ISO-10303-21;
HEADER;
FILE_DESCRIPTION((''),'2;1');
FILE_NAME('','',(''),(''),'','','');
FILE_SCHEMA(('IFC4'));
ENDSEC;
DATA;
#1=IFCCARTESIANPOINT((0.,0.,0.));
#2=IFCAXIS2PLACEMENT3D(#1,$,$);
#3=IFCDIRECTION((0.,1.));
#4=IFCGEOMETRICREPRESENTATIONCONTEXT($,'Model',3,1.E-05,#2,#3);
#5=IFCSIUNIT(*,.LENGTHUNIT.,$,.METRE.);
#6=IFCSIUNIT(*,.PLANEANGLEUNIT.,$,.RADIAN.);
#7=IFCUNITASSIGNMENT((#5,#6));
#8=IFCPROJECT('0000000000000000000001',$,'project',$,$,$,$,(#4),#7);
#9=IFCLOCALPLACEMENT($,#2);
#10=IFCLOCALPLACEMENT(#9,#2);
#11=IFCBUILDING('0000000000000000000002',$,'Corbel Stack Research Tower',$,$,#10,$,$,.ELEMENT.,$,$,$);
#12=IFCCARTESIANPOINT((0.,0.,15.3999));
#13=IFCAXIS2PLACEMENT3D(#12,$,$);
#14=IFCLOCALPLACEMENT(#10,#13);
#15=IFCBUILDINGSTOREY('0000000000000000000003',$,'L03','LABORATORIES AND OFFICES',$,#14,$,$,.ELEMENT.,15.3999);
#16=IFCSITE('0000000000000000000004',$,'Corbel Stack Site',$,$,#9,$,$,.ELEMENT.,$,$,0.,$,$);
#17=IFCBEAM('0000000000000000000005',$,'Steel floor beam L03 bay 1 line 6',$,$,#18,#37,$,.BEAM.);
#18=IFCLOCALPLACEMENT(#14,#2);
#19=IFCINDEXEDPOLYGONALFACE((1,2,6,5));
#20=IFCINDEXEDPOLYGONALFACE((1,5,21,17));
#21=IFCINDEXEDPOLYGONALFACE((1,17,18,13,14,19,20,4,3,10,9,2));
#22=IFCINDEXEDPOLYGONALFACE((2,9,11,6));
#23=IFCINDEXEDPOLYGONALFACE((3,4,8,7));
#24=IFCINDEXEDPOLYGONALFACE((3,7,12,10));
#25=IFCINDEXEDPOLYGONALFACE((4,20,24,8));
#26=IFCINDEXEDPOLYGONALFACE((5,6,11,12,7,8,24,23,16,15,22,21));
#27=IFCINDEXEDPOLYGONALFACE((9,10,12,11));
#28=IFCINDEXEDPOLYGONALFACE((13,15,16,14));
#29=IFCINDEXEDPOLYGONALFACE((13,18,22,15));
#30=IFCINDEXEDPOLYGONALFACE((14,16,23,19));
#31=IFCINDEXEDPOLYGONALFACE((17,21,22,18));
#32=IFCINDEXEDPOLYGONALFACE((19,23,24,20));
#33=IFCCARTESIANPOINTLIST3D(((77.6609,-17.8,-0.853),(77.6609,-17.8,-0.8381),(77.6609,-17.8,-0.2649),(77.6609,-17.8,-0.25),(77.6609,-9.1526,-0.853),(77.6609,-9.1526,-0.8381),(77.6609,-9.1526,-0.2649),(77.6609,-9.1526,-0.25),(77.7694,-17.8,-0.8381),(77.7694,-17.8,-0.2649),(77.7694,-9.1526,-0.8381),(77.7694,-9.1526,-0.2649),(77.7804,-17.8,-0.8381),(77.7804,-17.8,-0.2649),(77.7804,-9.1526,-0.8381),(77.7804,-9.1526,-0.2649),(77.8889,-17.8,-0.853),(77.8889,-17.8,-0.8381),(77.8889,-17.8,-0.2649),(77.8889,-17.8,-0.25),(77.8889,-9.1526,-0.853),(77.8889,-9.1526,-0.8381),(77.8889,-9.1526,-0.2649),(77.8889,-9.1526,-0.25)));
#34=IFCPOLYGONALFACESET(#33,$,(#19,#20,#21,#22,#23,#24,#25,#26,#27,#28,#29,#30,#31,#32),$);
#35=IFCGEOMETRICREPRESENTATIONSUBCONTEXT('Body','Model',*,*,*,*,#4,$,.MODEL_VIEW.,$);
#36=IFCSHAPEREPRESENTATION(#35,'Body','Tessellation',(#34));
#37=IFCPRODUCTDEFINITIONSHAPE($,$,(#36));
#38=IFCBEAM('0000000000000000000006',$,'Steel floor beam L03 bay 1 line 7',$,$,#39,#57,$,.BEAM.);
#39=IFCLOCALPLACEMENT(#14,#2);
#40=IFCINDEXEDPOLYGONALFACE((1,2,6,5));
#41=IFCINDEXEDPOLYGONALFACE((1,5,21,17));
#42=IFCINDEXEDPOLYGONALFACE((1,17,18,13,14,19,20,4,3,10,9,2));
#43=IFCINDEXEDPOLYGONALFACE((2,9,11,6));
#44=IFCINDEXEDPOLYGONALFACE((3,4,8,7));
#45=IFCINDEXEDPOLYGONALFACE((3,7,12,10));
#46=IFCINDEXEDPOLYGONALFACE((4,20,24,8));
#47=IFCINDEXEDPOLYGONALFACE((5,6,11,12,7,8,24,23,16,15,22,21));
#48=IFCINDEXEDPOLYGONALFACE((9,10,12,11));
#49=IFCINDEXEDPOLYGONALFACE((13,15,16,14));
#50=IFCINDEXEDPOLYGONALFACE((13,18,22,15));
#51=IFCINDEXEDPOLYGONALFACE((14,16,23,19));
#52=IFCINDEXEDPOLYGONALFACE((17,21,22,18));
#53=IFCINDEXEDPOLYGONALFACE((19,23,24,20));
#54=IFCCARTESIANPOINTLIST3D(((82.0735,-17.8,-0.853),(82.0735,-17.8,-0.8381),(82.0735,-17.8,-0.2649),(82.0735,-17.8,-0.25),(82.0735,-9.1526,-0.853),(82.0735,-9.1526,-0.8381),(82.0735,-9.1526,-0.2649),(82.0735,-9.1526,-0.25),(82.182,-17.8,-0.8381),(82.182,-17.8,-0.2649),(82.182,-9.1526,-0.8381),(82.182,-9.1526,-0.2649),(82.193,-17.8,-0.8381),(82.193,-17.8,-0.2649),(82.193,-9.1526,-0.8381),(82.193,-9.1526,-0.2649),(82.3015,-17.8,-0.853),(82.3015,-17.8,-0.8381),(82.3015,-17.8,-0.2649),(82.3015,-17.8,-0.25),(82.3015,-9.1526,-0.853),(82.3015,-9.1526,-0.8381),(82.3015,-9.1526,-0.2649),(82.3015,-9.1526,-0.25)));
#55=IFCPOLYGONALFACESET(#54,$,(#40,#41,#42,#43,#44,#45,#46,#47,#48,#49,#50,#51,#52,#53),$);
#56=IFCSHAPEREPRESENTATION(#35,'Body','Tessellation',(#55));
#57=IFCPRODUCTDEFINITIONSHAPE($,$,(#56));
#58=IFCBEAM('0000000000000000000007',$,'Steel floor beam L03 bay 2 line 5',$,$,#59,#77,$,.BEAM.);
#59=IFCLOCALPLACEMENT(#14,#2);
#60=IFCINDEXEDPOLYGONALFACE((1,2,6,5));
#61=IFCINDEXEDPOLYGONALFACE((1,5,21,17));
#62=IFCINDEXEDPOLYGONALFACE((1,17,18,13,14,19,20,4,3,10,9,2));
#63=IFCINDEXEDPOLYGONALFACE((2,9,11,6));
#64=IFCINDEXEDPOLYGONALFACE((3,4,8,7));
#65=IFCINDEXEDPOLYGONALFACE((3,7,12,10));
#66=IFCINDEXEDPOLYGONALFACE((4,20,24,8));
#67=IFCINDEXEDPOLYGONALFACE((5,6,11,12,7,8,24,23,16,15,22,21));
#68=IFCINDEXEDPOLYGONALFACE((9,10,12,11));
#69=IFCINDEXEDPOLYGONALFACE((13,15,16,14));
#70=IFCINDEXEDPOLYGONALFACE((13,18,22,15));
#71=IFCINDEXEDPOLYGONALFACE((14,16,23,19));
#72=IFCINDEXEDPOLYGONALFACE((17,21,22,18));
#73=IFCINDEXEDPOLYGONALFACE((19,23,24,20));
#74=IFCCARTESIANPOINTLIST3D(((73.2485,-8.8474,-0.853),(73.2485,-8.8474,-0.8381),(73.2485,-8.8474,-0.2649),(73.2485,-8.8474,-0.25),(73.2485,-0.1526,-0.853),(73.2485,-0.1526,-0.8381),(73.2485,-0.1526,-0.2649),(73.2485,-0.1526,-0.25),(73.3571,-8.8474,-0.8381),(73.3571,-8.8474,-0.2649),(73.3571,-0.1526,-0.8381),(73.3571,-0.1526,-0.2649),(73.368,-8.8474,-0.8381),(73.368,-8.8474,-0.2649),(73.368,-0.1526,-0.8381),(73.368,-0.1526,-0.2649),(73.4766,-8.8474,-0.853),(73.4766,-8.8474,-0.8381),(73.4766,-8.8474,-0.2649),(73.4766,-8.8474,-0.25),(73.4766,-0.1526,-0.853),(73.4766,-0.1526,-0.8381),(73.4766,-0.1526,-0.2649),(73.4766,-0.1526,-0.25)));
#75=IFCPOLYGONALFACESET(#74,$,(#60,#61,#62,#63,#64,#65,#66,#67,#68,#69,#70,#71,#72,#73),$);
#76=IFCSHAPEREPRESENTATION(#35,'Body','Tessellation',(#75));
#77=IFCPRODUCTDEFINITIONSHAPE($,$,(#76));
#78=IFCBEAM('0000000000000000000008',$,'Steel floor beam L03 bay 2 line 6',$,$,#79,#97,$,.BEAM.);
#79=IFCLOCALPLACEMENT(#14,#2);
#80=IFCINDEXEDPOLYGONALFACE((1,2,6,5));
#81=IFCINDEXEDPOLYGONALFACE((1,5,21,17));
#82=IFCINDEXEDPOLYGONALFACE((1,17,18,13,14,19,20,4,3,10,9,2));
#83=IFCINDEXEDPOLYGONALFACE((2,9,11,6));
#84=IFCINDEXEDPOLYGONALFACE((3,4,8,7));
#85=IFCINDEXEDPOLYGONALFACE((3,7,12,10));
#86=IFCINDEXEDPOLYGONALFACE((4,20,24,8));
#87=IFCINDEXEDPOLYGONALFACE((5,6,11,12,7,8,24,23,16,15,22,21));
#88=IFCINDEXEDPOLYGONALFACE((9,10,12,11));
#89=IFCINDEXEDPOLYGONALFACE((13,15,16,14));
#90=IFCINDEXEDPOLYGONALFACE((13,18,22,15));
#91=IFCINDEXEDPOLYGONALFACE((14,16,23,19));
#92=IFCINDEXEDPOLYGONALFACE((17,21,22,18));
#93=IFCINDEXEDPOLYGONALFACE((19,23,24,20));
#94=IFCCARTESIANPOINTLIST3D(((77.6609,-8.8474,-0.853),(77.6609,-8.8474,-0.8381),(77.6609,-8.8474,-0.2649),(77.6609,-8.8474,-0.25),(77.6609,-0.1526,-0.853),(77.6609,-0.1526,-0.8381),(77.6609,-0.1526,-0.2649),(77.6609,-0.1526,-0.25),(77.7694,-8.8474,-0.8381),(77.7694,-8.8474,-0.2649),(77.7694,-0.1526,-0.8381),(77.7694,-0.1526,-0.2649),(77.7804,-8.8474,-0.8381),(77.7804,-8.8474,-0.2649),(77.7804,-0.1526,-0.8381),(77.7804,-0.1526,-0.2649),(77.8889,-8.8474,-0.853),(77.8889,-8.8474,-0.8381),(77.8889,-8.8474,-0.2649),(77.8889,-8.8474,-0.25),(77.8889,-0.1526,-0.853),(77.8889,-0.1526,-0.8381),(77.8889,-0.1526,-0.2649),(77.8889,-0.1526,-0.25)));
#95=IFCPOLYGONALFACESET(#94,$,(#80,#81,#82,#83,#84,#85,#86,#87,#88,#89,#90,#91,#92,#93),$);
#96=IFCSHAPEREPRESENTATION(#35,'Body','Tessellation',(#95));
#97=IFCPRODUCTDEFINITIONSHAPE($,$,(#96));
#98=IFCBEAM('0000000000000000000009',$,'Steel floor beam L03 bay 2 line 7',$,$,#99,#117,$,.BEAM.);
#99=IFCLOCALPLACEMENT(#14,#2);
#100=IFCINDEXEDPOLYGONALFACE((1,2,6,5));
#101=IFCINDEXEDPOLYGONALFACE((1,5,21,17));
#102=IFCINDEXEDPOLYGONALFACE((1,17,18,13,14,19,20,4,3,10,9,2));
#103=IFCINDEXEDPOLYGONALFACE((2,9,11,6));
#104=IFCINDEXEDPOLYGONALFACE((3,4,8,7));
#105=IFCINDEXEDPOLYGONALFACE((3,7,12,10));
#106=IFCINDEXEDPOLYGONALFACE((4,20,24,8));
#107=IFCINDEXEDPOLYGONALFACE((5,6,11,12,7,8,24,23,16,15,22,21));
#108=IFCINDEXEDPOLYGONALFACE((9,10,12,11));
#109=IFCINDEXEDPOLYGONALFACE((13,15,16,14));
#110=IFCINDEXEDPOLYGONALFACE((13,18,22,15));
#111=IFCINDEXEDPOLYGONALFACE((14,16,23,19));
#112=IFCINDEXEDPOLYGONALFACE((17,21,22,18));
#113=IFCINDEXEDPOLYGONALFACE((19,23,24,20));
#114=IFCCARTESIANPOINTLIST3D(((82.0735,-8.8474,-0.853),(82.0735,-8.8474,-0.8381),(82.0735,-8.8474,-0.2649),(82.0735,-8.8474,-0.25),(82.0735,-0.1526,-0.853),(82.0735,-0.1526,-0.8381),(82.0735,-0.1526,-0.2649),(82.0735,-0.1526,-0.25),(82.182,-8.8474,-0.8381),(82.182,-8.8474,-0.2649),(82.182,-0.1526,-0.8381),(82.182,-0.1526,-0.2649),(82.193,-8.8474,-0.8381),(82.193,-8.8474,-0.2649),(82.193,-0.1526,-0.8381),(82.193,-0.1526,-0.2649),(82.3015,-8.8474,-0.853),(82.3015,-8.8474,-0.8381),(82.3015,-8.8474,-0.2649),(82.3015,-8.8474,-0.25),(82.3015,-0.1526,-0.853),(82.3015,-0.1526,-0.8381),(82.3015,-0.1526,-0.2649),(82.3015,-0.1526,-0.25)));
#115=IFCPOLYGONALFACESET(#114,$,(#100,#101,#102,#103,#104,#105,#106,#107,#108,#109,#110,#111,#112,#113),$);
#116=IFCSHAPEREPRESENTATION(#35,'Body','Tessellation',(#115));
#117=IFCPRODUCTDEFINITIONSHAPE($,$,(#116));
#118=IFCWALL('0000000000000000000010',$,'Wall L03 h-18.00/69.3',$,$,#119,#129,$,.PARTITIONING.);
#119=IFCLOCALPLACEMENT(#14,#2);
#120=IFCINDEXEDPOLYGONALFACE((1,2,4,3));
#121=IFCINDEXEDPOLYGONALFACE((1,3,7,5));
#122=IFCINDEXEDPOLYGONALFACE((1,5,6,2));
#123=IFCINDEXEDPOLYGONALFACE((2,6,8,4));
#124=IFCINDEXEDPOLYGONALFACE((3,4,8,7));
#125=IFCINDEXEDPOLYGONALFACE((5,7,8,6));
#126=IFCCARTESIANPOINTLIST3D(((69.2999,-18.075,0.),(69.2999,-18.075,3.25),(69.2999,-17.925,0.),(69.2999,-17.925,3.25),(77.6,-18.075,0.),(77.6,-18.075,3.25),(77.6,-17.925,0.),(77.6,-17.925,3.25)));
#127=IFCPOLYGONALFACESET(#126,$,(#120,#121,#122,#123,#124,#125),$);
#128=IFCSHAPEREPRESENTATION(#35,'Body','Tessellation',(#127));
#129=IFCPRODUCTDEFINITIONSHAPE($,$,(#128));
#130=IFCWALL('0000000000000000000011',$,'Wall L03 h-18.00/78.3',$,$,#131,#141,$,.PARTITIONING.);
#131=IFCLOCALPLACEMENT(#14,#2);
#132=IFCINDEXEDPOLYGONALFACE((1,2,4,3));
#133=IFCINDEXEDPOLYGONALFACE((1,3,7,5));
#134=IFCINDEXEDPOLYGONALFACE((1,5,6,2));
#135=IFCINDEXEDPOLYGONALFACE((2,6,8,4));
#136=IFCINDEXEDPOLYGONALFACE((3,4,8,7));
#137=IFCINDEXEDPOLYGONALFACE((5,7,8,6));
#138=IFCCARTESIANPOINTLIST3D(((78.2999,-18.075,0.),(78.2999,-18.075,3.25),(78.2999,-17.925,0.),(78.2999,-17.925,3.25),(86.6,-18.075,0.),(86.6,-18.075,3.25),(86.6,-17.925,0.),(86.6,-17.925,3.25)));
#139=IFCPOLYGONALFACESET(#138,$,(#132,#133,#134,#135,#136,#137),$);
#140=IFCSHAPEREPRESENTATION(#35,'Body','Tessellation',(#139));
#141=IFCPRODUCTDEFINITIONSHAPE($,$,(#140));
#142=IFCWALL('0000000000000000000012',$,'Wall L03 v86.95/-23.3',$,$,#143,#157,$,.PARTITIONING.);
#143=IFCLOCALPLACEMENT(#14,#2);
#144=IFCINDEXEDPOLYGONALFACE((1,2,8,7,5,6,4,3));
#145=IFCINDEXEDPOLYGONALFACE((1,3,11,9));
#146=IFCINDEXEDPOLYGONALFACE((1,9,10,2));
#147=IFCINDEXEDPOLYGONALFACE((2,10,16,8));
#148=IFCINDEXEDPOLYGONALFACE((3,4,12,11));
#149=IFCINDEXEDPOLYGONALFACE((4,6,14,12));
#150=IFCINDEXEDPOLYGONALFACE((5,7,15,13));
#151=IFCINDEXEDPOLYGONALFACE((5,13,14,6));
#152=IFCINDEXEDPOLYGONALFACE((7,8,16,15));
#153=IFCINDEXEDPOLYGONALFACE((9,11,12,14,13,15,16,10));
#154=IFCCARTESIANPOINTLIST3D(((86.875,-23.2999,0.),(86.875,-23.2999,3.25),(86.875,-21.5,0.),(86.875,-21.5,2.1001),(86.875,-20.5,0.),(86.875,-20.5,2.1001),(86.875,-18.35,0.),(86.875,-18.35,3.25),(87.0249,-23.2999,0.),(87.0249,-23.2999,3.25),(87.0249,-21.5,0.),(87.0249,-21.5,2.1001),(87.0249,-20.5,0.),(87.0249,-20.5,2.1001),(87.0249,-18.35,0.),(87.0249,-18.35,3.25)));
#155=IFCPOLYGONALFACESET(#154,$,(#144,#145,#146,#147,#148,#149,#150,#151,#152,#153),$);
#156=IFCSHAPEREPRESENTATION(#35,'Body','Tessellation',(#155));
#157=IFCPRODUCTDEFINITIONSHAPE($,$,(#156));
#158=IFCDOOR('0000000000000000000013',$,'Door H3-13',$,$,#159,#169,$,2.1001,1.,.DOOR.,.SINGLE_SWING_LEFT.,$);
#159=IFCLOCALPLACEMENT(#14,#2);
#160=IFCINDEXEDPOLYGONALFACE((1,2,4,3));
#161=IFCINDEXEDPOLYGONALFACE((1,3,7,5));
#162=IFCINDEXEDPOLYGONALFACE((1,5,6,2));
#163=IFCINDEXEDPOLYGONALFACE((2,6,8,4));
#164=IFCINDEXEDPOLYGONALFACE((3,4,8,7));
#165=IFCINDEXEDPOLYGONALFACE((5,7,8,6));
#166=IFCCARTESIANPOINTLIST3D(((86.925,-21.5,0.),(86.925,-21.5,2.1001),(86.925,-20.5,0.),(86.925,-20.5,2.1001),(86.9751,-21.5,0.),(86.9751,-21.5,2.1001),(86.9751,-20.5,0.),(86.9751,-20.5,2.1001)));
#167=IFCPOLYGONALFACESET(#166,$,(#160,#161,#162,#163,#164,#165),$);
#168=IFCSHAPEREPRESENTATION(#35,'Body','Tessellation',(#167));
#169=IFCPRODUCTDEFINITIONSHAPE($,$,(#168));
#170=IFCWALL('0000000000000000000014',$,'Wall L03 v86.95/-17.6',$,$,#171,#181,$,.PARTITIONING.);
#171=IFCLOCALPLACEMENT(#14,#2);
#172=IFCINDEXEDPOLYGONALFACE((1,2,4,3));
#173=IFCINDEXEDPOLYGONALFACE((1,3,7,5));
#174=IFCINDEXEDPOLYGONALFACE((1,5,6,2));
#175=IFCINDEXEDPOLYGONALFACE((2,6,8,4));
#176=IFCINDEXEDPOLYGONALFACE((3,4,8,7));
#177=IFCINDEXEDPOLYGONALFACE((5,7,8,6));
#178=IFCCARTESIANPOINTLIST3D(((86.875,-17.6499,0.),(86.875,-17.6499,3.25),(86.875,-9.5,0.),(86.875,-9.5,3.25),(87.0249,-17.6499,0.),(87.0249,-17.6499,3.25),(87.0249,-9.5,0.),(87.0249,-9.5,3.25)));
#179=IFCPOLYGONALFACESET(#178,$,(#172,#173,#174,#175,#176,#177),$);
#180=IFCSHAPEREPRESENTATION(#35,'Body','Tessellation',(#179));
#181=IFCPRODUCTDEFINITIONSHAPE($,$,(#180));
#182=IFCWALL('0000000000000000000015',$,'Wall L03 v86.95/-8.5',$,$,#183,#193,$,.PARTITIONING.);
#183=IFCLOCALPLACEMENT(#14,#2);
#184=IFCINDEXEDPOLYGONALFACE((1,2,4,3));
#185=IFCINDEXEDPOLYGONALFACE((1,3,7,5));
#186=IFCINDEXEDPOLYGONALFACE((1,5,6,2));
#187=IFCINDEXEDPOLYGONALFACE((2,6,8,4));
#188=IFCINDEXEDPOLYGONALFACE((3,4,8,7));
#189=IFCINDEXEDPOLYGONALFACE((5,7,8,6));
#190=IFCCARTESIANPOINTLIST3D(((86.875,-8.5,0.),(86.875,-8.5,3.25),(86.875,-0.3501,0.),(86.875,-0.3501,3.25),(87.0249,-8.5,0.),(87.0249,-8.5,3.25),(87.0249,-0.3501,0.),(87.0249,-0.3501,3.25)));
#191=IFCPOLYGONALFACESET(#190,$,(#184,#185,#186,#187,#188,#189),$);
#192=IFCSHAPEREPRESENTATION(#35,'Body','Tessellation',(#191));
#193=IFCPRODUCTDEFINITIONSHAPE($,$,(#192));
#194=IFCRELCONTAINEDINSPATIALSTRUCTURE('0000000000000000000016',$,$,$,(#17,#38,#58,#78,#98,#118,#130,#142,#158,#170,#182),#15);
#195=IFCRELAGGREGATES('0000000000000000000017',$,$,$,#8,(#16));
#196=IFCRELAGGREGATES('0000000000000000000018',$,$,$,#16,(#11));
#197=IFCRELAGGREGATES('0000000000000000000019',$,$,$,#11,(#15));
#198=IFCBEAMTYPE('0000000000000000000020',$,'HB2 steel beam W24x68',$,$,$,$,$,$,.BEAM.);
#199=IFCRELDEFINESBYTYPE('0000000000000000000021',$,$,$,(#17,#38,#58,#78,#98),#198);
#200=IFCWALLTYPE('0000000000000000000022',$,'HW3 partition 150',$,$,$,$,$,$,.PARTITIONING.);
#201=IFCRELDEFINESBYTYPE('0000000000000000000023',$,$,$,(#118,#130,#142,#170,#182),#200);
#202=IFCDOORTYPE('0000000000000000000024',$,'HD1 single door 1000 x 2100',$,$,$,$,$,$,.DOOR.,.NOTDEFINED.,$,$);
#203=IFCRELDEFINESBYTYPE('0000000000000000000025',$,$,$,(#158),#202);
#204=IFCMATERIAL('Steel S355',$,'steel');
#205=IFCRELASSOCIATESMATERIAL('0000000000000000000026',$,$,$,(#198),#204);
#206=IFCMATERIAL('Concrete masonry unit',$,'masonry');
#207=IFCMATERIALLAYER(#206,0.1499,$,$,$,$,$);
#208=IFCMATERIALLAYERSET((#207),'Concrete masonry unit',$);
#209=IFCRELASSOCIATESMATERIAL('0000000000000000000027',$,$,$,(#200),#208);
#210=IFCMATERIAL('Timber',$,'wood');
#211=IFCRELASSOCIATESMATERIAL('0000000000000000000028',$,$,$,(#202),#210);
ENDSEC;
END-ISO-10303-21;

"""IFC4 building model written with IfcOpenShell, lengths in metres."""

from ifc_helpers import new_model, si_unit, direction, frame, frame_2d, origin, origin_2d, place, context, subcontext, project, spatial, rectangle, i_section, extrude, material, layer, layer_set, material_profile, profile_set, type_object, element, fill, save


model = new_model("IFC4")

# Units and contexts
model_context = context("Model", 3, precision=1e-05, world=origin(), true_north=direction((0.0, 1.0)))
body_context = subcontext(model_context, "Body", "Model", "MODEL_VIEW")
ifc_project = project(units=[si_unit("LENGTHUNIT", "METRE"), si_unit("PLANEANGLEUNIT", "RADIAN")], contexts=[model_context])

# Site, building, storey
site_placement = place(None, origin())
site = spatial("IfcSite", under=ifc_project, at=site_placement, Name="Corbel Stack Site", CompositionType="ELEMENT", RefElevation=0.0)
building_placement = place(site_placement, origin())
building = spatial("IfcBuilding", under=site, at=building_placement, Name="Corbel Stack Research Tower", CompositionType="ELEMENT")
storey_placement = place(building_placement, frame((0.0, 0.0, 15.3999)))
storey = spatial("IfcBuildingStorey", under=building, at=storey_placement, Name="L03", Description="LABORATORIES AND OFFICES", CompositionType="ELEMENT", Elevation=15.3999)

# Beams
ifc_material_1 = material(Name="Steel S355", Category="steel")
ifc_material_profile_1 = material_profile(ifc_material_1, i_section(OverallWidth=0.228, OverallDepth=0.603, WebThickness=0.011, FlangeThickness=0.0149, at=origin_2d()), Name="W24x68")
ifc_profile_set_1 = profile_set([ifc_material_profile_1], Name="Steel S355")
beam_type_1 = type_object("IfcBeamType", Name="HB2 steel beam W24x68", PredefinedType="BEAM", material=ifc_profile_set_1)
for number, where, z_axis, x_axis, name in (
    (1, (77.7749, -17.8, -0.5515), (0.0, 1.0, 0.0), (-1.0, 0.0, 0.0), "Steel floor beam L03 bay 1 line 6"),
    (2, (82.1875, -17.8, -0.5515), (0.0, 1.0, 0.0), (-1.0, 0.0, 0.0), "Steel floor beam L03 bay 1 line 7"),
):
    element("IfcBeam", number, at=place(storey_placement, frame(where, z_axis=z_axis, x_axis=x_axis)), inside=storey, type_object=beam_type_1, Name=name, PredefinedType="BEAM", context=body_context, shape_type="SweptSolid", body=[
        extrude(i_section(OverallWidth=0.228, OverallDepth=0.603, WebThickness=0.011, FlangeThickness=0.0149, at=origin_2d()), origin(), (0.0, 0.0, 1.0), 8.6475),
    ])
for number, where, z_axis, x_axis, name in (
    (3, (73.3625, -8.8474, -0.5515), (0.0, 1.0, 0.0), (-1.0, 0.0, 0.0), "Steel floor beam L03 bay 2 line 5"),
    (4, (77.7749, -8.8474, -0.5515), (0.0, 1.0, 0.0), (-1.0, 0.0, 0.0), "Steel floor beam L03 bay 2 line 6"),
    (5, (82.1875, -8.8474, -0.5515), (0.0, 1.0, 0.0), (-1.0, 0.0, 0.0), "Steel floor beam L03 bay 2 line 7"),
):
    element("IfcBeam", number, at=place(storey_placement, frame(where, z_axis=z_axis, x_axis=x_axis)), inside=storey, type_object=beam_type_1, Name=name, PredefinedType="BEAM", context=body_context, shape_type="SweptSolid", body=[
        extrude(i_section(OverallWidth=0.228, OverallDepth=0.603, WebThickness=0.011, FlangeThickness=0.0149, at=origin_2d()), origin(), (0.0, 0.0, 1.0), 8.6948),
    ])

# Walls
ifc_material_2 = material(Name="Concrete masonry unit", Category="masonry")
ifc_layer_1 = layer(ifc_material_2, 0.1499)
ifc_layer_set_1 = layer_set([ifc_layer_1], Name="Concrete masonry unit")
wall_type = type_object("IfcWallType", Name="HW3 partition 150", PredefinedType="PARTITIONING", material=ifc_layer_set_1)
for number, where, z_axis, x_axis, name in (
    (6, (69.3, -18.0, 0.0), (0.0, 0.0, 1.0), (1.0, 0.0, 0.0), "Wall L03 h-18.00/69.3"),
    (7, (78.3, -18.0, 0.0), (0.0, 0.0, 1.0), (1.0, 0.0, 0.0), "Wall L03 h-18.00/78.3"),
):
    element("IfcWall", number, at=place(storey_placement, frame(where, z_axis=z_axis, x_axis=x_axis)), inside=storey, type_object=wall_type, Name=name, PredefinedType="PARTITIONING", context=body_context, shape_type="SweptSolid", body=[
        extrude(rectangle(XDim=8.3, YDim=0.1499, at=frame_2d((4.1499, 0.0))), origin(), (0.0, 0.0, 1.0), 3.25),
    ])

# Wall, opening, door
wall_placement = place(storey_placement, frame((86.95, -23.3, 0.0), z_axis=(0.0, 0.0, 1.0), x_axis=(0.0, 1.0, 0.0)))
wall = element("IfcWall", 8, at=wall_placement, inside=storey, type_object=wall_type, Name="Wall L03 v86.95/-23.3", PredefinedType="PARTITIONING", context=body_context, shape_type="SweptSolid", body=[
    extrude(rectangle(XDim=4.95, YDim=0.1499, at=frame_2d((2.4751, 0.0))), origin(), (0.0, 0.0, 1.0), 3.25),
])
opening_placement = place(wall_placement, frame((1.8, 0.0, 0.0)))
opening = element("IfcOpeningElement", 9, at=opening_placement, cuts=wall, PredefinedType="OPENING", context=body_context, shape_type="SweptSolid", body=[
    extrude(rectangle(XDim=1.0, YDim=2.1001, at=frame_2d((0.5, 1.05))), frame((0.0, 0.085, 0.0), z_axis=(0.0, -1.0, 0.0), x_axis=(1.0, 0.0, 0.0)), (0.0, 0.0, 1.0), 0.1699),
])
ifc_material_3 = material(Name="Timber", Category="wood")
door_type = type_object("IfcDoorType", Name="HD1 single door 1000 x 2100", OperationType="NOTDEFINED", PredefinedType="DOOR", material=ifc_material_3)
door_placement = place(opening_placement, origin())
door = element("IfcDoor", 10, at=door_placement, inside=storey, type_object=door_type, Name="Door H3-13", OperationType="SINGLE_SWING_LEFT", OverallHeight=2.1001, OverallWidth=1.0, PredefinedType="DOOR", context=body_context, shape_type="SweptSolid", body=[
    extrude(rectangle(XDim=1.0, YDim=2.1001, at=frame_2d((0.5, 1.05))), frame((0.0, 0.0249, 0.0), z_axis=(0.0, -1.0, 0.0), x_axis=(1.0, 0.0, 0.0)), (0.0, 0.0, 1.0), 0.05),
])
fill(opening, door)

# Walls
for number, where, z_axis, x_axis, name in (
    (11, (86.95, -17.6499, 0.0), (0.0, 0.0, 1.0), (0.0, 1.0, 0.0), "Wall L03 v86.95/-17.6"),
    (12, (86.95, -8.5, 0.0), (0.0, 0.0, 1.0), (0.0, 1.0, 0.0), "Wall L03 v86.95/-8.5"),
):
    element("IfcWall", number, at=place(storey_placement, frame(where, z_axis=z_axis, x_axis=x_axis)), inside=storey, type_object=wall_type, Name=name, PredefinedType="PARTITIONING", context=body_context, shape_type="SweptSolid", body=[
        extrude(rectangle(XDim=8.1499, YDim=0.1499, at=frame_2d((4.075, 0.0))), origin(), (0.0, 0.0, 1.0), 3.25),
    ])

save(model, "model.ifc")
